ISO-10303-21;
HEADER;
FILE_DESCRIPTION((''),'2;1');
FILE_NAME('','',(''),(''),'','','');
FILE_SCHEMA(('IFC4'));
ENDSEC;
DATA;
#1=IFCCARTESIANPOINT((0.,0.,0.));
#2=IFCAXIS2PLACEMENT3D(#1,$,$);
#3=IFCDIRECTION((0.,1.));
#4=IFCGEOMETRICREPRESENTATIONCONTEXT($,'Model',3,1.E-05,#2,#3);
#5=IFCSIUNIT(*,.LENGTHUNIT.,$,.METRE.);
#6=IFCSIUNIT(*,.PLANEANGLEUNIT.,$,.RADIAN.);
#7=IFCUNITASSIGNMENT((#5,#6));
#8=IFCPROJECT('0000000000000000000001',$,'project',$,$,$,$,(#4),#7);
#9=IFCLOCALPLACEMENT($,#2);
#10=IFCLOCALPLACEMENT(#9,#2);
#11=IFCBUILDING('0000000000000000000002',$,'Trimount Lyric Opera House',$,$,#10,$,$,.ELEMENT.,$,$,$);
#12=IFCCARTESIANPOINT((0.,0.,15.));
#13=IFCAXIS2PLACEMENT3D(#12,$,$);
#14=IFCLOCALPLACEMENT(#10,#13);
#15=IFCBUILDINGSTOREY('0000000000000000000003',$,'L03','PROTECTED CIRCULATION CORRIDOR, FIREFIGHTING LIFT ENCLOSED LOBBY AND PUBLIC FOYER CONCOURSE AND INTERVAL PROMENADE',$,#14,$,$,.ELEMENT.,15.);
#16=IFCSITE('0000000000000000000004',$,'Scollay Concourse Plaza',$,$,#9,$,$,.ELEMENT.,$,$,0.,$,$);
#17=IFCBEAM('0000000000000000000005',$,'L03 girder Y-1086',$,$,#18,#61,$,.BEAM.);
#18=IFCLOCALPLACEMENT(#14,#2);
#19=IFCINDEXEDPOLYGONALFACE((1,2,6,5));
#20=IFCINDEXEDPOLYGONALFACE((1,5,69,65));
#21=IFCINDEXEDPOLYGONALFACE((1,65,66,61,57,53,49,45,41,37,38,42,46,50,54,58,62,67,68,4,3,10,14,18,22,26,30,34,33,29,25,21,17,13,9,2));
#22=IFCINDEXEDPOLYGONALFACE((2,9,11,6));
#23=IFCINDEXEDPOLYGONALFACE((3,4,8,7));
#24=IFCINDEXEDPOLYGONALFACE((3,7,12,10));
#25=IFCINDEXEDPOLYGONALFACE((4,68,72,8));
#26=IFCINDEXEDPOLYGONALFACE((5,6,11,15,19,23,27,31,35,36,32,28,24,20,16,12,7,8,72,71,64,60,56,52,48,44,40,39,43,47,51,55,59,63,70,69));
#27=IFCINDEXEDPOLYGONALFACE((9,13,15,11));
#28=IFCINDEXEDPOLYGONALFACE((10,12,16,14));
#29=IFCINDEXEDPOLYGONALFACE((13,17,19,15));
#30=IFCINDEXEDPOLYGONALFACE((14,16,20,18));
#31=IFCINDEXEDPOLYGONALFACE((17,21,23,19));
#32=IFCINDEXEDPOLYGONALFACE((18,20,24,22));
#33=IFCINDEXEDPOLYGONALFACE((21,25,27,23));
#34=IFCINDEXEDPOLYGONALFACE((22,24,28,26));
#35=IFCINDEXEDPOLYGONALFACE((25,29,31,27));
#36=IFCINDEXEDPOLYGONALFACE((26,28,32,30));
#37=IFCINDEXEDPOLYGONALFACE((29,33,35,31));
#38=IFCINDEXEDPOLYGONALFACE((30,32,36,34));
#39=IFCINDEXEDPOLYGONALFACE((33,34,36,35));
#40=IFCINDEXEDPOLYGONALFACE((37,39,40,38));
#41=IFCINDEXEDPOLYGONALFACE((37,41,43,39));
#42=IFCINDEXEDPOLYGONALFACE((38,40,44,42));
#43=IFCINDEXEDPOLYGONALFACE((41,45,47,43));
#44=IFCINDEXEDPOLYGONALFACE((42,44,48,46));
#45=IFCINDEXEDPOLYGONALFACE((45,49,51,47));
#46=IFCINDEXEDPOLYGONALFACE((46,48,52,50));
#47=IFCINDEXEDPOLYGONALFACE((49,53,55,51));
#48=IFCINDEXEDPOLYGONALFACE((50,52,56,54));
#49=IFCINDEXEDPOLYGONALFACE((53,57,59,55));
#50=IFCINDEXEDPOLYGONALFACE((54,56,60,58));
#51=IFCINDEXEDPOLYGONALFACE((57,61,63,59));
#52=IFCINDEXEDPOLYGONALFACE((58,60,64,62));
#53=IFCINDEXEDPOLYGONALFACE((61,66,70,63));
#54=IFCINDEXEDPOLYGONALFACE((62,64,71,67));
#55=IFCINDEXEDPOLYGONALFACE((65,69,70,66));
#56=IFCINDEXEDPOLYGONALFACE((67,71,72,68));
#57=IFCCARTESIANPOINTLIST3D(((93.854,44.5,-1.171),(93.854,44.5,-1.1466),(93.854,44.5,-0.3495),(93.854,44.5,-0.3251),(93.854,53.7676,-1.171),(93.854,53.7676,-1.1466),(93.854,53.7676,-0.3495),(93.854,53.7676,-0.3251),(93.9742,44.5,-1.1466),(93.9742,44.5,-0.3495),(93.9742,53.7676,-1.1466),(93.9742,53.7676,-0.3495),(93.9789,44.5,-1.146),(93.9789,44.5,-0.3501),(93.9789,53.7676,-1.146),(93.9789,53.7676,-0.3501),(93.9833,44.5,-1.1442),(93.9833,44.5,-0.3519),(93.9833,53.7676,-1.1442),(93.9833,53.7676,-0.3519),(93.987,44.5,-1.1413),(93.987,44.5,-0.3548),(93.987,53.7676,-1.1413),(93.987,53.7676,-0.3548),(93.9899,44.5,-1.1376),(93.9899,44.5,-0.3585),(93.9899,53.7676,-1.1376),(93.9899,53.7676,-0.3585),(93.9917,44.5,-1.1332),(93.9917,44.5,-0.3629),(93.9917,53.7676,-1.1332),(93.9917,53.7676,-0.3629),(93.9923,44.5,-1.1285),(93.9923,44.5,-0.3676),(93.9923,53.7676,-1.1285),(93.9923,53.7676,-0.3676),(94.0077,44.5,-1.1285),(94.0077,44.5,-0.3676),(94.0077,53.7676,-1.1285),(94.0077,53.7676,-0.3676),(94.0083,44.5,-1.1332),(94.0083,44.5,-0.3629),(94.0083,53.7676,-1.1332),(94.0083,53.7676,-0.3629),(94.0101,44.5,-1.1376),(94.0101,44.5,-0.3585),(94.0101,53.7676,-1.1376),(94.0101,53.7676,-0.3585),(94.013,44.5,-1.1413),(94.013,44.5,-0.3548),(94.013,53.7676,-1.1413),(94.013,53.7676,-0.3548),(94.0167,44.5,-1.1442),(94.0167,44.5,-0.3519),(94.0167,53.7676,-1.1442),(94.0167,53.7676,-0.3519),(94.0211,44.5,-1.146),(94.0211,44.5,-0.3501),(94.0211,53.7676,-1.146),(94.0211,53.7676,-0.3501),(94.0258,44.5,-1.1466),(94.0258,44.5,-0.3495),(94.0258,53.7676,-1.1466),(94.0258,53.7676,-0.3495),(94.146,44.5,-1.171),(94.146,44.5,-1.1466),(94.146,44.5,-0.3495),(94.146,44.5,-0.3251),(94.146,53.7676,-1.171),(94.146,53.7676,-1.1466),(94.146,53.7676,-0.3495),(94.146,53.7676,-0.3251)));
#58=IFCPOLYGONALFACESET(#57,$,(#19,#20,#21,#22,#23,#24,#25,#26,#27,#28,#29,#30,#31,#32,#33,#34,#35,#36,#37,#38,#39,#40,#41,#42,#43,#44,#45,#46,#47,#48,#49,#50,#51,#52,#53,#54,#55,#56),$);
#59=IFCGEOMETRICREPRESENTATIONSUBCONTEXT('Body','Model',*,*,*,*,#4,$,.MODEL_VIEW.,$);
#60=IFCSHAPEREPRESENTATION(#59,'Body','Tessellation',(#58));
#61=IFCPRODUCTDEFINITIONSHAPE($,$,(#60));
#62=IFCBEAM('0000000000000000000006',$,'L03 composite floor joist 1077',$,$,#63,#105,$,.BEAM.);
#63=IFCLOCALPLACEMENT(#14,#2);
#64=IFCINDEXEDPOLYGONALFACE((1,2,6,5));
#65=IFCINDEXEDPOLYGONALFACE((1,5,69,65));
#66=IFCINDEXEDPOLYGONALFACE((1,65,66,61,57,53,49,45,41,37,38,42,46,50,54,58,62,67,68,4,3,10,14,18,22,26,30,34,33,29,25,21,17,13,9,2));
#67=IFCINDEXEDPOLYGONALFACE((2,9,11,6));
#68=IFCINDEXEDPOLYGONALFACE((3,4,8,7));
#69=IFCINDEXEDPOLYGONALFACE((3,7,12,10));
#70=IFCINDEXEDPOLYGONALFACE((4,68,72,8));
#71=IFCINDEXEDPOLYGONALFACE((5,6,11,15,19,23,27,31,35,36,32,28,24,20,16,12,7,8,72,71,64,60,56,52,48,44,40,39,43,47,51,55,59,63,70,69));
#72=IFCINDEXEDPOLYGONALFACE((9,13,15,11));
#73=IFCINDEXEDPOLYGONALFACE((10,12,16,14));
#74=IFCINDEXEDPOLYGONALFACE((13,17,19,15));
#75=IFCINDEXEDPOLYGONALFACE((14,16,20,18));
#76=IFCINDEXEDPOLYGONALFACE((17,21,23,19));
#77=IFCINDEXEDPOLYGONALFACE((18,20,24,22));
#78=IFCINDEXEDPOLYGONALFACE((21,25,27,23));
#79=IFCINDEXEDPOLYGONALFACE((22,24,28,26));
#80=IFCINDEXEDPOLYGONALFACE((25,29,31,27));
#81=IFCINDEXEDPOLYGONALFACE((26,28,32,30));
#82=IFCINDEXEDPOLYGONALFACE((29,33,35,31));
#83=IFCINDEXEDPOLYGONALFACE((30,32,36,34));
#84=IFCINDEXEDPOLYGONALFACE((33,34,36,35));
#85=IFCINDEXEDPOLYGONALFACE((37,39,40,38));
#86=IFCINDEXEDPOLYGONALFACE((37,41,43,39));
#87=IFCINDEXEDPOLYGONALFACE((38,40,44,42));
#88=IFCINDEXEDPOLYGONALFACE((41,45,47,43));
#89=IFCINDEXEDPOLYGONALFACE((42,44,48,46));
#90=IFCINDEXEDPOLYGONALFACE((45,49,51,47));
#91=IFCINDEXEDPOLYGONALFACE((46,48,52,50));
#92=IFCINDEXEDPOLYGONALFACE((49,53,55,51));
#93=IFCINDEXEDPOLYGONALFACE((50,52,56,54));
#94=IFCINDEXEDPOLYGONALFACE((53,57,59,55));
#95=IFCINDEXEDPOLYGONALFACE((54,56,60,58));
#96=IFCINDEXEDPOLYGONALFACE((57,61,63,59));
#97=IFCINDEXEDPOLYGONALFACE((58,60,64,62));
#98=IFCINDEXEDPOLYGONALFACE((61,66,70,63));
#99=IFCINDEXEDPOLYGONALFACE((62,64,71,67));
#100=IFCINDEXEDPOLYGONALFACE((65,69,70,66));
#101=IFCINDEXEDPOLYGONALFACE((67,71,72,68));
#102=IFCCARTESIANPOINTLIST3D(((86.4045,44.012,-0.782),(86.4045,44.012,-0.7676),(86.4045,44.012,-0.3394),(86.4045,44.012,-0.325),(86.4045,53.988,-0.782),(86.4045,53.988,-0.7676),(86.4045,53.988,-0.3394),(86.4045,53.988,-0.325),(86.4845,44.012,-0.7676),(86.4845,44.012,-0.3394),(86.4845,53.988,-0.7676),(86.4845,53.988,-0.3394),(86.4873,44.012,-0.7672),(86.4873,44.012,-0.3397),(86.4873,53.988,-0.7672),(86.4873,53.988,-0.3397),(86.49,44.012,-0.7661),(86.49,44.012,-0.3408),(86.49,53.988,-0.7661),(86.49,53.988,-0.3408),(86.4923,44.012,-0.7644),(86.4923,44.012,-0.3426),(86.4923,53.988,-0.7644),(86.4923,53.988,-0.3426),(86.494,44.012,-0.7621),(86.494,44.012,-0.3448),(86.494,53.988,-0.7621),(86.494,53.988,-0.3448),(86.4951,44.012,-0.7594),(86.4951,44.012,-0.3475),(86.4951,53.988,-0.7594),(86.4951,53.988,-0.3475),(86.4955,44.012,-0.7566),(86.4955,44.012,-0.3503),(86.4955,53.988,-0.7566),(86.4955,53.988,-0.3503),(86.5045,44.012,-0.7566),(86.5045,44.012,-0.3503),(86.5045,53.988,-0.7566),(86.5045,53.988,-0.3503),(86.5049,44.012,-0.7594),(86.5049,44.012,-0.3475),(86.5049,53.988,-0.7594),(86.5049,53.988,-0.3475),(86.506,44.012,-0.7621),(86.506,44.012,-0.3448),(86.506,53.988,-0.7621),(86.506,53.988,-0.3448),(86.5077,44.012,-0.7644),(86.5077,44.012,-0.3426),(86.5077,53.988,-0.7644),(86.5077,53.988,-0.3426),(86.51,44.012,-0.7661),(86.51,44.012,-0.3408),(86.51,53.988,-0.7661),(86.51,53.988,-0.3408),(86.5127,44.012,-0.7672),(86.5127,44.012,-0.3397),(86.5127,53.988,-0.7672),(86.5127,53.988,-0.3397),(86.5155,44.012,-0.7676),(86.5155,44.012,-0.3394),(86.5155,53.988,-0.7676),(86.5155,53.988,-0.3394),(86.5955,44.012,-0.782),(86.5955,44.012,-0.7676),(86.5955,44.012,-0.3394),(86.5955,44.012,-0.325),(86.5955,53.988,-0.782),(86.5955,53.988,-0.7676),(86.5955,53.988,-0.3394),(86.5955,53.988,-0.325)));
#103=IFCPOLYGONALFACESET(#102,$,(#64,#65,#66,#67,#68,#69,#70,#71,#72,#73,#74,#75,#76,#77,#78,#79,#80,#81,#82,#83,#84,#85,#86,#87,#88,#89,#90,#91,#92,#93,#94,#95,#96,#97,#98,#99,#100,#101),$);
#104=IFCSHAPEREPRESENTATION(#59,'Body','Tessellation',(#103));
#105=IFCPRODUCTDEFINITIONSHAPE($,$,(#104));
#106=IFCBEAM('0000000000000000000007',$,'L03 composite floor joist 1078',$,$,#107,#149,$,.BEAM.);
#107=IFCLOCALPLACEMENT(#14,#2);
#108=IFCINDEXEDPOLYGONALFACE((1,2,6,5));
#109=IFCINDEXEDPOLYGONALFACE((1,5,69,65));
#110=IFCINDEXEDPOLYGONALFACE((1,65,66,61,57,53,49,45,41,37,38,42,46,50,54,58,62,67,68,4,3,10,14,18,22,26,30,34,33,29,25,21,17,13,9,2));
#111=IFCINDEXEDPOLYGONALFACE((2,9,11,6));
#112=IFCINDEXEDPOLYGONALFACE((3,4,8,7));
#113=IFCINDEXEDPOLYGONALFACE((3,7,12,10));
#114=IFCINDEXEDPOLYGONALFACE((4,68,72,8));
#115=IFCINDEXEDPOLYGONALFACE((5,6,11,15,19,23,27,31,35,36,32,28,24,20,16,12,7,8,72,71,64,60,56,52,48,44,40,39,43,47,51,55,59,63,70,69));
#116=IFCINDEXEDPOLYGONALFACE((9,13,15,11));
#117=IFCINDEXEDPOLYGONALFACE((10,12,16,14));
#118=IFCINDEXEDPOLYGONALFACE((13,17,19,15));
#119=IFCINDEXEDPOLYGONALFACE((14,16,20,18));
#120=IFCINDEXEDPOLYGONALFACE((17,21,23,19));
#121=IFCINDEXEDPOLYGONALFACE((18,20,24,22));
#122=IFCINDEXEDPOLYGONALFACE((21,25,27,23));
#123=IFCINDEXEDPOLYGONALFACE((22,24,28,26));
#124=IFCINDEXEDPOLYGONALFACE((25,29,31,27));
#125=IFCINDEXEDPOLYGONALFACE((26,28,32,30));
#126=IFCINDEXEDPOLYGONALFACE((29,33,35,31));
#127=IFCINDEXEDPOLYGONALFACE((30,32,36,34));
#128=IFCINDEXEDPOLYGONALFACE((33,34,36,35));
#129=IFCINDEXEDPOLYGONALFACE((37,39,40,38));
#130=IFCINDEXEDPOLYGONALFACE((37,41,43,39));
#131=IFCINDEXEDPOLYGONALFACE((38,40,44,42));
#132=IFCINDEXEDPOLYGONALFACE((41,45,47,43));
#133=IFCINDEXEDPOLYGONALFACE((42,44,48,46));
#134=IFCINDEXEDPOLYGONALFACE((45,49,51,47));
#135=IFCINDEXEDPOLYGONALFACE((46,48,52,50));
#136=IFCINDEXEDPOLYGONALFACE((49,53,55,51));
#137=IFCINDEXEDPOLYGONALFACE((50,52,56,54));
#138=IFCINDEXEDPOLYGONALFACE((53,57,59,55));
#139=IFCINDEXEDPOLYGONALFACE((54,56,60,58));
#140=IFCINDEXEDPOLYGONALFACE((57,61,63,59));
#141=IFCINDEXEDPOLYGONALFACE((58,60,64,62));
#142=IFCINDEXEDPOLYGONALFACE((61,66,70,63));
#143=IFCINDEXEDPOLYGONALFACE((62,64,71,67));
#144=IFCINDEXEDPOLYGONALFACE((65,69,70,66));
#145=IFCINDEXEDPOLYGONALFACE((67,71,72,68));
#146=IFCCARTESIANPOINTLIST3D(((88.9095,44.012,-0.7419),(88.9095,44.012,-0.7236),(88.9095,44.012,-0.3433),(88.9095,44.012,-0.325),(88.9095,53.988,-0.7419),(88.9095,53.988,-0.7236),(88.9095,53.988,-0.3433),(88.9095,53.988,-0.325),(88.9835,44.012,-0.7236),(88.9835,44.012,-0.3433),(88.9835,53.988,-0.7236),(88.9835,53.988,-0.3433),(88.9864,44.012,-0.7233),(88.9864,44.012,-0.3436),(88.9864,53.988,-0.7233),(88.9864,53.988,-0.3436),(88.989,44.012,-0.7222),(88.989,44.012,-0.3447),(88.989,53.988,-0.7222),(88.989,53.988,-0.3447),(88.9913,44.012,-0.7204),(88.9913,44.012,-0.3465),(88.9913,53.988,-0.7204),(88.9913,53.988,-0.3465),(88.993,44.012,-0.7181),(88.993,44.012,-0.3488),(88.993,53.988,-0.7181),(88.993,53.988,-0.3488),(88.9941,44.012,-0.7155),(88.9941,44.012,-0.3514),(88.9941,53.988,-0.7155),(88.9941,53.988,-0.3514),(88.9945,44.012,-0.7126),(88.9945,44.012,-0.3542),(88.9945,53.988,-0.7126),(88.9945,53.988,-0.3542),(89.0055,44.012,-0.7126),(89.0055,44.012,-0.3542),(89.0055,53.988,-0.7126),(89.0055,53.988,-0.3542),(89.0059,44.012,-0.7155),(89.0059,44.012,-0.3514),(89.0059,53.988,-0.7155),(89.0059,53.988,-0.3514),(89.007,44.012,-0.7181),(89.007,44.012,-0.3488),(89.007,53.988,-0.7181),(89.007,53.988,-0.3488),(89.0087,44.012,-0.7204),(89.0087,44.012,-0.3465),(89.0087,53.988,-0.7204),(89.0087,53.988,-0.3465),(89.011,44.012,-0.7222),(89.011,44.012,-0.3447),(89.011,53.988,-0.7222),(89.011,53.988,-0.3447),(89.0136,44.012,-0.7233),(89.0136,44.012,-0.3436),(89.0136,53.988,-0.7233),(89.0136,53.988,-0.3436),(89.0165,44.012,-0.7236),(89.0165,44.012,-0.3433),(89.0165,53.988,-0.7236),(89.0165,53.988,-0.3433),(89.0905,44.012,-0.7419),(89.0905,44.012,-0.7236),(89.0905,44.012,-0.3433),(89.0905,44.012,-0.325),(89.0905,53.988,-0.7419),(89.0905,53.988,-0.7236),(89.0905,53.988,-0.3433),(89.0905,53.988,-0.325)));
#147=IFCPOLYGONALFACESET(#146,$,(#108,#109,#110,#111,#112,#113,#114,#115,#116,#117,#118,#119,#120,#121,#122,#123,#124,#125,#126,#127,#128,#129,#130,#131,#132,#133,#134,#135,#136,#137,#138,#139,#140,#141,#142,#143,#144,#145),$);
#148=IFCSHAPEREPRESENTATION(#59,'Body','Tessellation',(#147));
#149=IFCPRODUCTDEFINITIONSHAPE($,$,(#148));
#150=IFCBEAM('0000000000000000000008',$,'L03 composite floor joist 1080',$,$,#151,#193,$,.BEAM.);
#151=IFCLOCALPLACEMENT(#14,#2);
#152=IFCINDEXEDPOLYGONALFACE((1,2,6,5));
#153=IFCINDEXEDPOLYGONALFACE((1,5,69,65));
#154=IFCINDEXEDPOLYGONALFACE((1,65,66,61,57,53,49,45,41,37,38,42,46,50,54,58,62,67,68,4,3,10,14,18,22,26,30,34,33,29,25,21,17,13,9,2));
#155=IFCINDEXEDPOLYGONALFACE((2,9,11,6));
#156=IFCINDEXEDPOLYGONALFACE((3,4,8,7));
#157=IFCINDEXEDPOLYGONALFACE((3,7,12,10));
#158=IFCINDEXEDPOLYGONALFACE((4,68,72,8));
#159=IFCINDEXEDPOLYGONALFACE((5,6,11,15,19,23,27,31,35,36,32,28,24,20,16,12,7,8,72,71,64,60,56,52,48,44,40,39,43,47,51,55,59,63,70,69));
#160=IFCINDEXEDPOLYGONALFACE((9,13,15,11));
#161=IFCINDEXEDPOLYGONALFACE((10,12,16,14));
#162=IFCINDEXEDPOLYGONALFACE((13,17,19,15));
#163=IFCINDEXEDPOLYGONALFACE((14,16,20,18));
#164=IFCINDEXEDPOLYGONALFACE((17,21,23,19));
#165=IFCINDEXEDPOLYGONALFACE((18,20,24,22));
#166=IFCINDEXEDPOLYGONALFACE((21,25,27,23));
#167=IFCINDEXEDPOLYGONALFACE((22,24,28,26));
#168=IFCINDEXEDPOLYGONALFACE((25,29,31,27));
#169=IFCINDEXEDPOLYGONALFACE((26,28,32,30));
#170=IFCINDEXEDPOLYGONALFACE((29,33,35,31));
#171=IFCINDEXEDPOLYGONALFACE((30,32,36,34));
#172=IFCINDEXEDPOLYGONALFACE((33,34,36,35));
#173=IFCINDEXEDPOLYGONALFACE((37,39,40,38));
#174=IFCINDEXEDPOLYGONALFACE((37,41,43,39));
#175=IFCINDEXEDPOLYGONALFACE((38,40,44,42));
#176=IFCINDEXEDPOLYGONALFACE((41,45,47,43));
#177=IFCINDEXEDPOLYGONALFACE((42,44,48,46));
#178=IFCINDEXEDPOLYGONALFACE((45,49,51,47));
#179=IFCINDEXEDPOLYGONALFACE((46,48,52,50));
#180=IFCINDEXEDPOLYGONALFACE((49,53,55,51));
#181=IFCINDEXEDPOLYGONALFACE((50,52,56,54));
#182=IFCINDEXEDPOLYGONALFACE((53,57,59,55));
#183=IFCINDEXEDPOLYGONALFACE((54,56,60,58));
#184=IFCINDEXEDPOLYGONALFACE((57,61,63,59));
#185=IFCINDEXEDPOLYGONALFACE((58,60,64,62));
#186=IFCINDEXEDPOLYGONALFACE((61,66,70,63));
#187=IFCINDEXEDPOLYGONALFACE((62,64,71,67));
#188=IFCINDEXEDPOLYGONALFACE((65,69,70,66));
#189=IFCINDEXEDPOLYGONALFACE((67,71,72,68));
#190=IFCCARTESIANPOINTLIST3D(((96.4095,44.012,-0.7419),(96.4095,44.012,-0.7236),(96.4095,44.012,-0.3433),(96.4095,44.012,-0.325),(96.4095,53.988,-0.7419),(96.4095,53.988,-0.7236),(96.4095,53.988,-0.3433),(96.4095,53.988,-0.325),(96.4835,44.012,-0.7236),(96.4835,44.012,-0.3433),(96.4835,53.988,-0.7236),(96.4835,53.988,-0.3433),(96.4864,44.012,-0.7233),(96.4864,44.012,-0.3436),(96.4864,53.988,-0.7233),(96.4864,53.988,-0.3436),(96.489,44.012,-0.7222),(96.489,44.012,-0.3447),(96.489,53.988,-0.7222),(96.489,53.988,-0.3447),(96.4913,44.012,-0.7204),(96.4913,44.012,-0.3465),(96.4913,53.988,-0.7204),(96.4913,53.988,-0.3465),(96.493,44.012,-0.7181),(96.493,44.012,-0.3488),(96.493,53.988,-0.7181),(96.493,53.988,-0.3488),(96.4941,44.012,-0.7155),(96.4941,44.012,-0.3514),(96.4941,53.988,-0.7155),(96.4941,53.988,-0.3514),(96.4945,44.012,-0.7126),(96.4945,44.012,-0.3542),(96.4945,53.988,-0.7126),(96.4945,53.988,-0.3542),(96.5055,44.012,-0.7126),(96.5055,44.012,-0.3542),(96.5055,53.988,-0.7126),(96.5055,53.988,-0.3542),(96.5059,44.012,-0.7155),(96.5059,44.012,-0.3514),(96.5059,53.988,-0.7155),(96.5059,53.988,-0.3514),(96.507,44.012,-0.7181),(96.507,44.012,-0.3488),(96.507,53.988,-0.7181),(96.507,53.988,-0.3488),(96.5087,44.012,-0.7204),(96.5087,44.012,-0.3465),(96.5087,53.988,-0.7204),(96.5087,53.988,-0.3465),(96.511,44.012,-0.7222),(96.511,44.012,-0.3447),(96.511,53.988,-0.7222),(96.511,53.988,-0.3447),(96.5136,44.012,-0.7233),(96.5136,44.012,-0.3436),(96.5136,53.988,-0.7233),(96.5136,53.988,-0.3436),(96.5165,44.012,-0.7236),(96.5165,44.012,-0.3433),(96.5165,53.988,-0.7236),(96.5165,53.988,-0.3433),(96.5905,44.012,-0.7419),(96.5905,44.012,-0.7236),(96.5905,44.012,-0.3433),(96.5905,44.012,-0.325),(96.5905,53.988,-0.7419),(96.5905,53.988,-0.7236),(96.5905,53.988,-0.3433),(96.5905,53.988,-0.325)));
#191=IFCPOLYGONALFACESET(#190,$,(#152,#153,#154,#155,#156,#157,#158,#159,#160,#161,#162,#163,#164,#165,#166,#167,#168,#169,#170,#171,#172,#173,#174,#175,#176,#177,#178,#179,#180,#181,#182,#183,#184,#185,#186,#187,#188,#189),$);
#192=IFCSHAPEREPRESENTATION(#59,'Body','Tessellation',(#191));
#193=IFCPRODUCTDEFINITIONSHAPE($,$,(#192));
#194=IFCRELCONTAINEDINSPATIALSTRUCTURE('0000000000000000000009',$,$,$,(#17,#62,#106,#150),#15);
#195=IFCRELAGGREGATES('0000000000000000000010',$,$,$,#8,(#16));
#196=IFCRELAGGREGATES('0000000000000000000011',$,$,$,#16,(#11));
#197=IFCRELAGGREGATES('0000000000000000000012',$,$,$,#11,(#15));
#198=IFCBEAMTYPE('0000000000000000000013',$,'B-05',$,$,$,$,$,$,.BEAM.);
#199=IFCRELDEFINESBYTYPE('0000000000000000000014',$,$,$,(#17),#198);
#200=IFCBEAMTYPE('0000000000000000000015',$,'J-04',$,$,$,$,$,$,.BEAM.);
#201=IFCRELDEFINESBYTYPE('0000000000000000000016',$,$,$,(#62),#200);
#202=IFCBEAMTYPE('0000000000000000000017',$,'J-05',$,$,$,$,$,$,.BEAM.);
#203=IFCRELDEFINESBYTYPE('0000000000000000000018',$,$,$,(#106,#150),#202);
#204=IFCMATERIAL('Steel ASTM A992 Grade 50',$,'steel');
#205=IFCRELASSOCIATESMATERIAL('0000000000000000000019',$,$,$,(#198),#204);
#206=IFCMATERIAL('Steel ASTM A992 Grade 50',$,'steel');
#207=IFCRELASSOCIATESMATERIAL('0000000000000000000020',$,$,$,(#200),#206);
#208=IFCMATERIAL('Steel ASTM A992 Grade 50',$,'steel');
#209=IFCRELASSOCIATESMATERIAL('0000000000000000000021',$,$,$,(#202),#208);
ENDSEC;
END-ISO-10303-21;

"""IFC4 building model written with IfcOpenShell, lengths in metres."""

from ifc_helpers import new_model, si_unit, direction, frame, origin, origin_2d, place, context, subcontext, project, spatial, i_section, extrude, material, material_profile, profile_set, type_object, element, save


model = new_model("IFC4")

# Units and contexts
model_context = context("Model", 3, precision=1e-05, world=origin(), true_north=direction((0.0, 1.0)))
body_context = subcontext(model_context, "Body", "Model", "MODEL_VIEW")
ifc_project = project(units=[si_unit("LENGTHUNIT", "METRE"), si_unit("PLANEANGLEUNIT", "RADIAN")], contexts=[model_context])

# Site, building, storey
site_placement = place(None, origin())
site = spatial("IfcSite", under=ifc_project, at=site_placement, Name="Scollay Concourse Plaza", CompositionType="ELEMENT", RefElevation=0.0)
building_placement = place(site_placement, origin())
building = spatial("IfcBuilding", under=site, at=building_placement, Name="Trimount Lyric Opera House", CompositionType="ELEMENT")
storey_placement = place(building_placement, frame((0.0, 0.0, 15.0)))
storey = spatial("IfcBuildingStorey", under=building, at=storey_placement, Name="L03", Description="PROTECTED CIRCULATION CORRIDOR, FIREFIGHTING LIFT ENCLOSED LOBBY AND PUBLIC FOYER CONCOURSE AND INTERVAL PROMENADE", CompositionType="ELEMENT", Elevation=15.0)

# Beams
ifc_material_1 = material(Name="Steel ASTM A992 Grade 50", Category="steel")
ifc_material_profile_1 = material_profile(ifc_material_1, i_section(OverallWidth=0.292, OverallDepth=0.8459, WebThickness=0.0154, FlangeThickness=0.0244, FilletRadius=0.0181, at=origin_2d()), Name="W33X141")
ifc_profile_set_1 = profile_set([ifc_material_profile_1], Name="Steel ASTM A992 Grade 50")
beam_type_1 = type_object("IfcBeamType", Name="B-05", PredefinedType="BEAM", material=ifc_profile_set_1)
beam_1_placement = place(storey_placement, frame((94.0, 44.5, -0.748), z_axis=(0.0, 1.0, 0.0), x_axis=(-1.0, 0.0, 0.0)))
element("IfcBeam", 1, at=beam_1_placement, inside=storey, type_object=beam_type_1, Name="L03 girder Y-1086", PredefinedType="BEAM", context=body_context, shape_type="SweptSolid", body=[
    extrude(i_section(OverallWidth=0.292, OverallDepth=0.8459, WebThickness=0.0154, FlangeThickness=0.0244, FilletRadius=0.0181, at=origin_2d()), origin(), (0.0, 0.0, 1.0), 9.2676),
])
ifc_material_2 = material(Name="Steel ASTM A992 Grade 50", Category="steel")
ifc_material_profile_2 = material_profile(ifc_material_2, i_section(OverallWidth=0.1909, OverallDepth=0.457, WebThickness=0.009, FlangeThickness=0.0144, FilletRadius=0.011, at=origin_2d()), Name="W18X50")
ifc_profile_set_2 = profile_set([ifc_material_profile_2], Name="Steel ASTM A992 Grade 50")
beam_type_2 = type_object("IfcBeamType", Name="J-04", PredefinedType="BEAM", material=ifc_profile_set_2)
beam_2_placement = place(storey_placement, frame((86.5, 44.012, -0.5535), z_axis=(0.0, 1.0, 0.0), x_axis=(-1.0, 0.0, 0.0)))
element("IfcBeam", 2, at=beam_2_placement, inside=storey, type_object=beam_type_2, Name="L03 composite floor joist 1077", PredefinedType="BEAM", context=body_context, shape_type="SweptSolid", body=[
    extrude(i_section(OverallWidth=0.1909, OverallDepth=0.457, WebThickness=0.009, FlangeThickness=0.0144, FilletRadius=0.011, at=origin_2d()), origin(), (0.0, 0.0, 1.0), 9.9761),
])
ifc_material_3 = material(Name="Steel ASTM A992 Grade 50", Category="steel")
ifc_material_profile_3 = material_profile(ifc_material_3, i_section(OverallWidth=0.1809, OverallDepth=0.417, WebThickness=0.011, FlangeThickness=0.0183, FilletRadius=0.011, at=origin_2d()), Name="W16X57")
ifc_profile_set_3 = profile_set([ifc_material_profile_3], Name="Steel ASTM A992 Grade 50")
beam_type_3 = type_object("IfcBeamType", Name="J-05", PredefinedType="BEAM", material=ifc_profile_set_3)
for number, where, z_axis, x_axis, name in (
    (3, (89.0, 44.012, -0.5334), (0.0, 1.0, 0.0), (-1.0, 0.0, 0.0), "L03 composite floor joist 1078"),
    (4, (96.5, 44.012, -0.5334), (0.0, 1.0, 0.0), (-1.0, 0.0, 0.0), "L03 composite floor joist 1080"),
):
    element("IfcBeam", number, at=place(storey_placement, frame(where, z_axis=z_axis, x_axis=x_axis)), inside=storey, type_object=beam_type_3, Name=name, PredefinedType="BEAM", context=body_context, shape_type="SweptSolid", body=[
        extrude(i_section(OverallWidth=0.1809, OverallDepth=0.417, WebThickness=0.011, FlangeThickness=0.0183, FilletRadius=0.011, at=origin_2d()), origin(), (0.0, 0.0, 1.0), 9.9761),
    ])

save(model, "model.ifc")
